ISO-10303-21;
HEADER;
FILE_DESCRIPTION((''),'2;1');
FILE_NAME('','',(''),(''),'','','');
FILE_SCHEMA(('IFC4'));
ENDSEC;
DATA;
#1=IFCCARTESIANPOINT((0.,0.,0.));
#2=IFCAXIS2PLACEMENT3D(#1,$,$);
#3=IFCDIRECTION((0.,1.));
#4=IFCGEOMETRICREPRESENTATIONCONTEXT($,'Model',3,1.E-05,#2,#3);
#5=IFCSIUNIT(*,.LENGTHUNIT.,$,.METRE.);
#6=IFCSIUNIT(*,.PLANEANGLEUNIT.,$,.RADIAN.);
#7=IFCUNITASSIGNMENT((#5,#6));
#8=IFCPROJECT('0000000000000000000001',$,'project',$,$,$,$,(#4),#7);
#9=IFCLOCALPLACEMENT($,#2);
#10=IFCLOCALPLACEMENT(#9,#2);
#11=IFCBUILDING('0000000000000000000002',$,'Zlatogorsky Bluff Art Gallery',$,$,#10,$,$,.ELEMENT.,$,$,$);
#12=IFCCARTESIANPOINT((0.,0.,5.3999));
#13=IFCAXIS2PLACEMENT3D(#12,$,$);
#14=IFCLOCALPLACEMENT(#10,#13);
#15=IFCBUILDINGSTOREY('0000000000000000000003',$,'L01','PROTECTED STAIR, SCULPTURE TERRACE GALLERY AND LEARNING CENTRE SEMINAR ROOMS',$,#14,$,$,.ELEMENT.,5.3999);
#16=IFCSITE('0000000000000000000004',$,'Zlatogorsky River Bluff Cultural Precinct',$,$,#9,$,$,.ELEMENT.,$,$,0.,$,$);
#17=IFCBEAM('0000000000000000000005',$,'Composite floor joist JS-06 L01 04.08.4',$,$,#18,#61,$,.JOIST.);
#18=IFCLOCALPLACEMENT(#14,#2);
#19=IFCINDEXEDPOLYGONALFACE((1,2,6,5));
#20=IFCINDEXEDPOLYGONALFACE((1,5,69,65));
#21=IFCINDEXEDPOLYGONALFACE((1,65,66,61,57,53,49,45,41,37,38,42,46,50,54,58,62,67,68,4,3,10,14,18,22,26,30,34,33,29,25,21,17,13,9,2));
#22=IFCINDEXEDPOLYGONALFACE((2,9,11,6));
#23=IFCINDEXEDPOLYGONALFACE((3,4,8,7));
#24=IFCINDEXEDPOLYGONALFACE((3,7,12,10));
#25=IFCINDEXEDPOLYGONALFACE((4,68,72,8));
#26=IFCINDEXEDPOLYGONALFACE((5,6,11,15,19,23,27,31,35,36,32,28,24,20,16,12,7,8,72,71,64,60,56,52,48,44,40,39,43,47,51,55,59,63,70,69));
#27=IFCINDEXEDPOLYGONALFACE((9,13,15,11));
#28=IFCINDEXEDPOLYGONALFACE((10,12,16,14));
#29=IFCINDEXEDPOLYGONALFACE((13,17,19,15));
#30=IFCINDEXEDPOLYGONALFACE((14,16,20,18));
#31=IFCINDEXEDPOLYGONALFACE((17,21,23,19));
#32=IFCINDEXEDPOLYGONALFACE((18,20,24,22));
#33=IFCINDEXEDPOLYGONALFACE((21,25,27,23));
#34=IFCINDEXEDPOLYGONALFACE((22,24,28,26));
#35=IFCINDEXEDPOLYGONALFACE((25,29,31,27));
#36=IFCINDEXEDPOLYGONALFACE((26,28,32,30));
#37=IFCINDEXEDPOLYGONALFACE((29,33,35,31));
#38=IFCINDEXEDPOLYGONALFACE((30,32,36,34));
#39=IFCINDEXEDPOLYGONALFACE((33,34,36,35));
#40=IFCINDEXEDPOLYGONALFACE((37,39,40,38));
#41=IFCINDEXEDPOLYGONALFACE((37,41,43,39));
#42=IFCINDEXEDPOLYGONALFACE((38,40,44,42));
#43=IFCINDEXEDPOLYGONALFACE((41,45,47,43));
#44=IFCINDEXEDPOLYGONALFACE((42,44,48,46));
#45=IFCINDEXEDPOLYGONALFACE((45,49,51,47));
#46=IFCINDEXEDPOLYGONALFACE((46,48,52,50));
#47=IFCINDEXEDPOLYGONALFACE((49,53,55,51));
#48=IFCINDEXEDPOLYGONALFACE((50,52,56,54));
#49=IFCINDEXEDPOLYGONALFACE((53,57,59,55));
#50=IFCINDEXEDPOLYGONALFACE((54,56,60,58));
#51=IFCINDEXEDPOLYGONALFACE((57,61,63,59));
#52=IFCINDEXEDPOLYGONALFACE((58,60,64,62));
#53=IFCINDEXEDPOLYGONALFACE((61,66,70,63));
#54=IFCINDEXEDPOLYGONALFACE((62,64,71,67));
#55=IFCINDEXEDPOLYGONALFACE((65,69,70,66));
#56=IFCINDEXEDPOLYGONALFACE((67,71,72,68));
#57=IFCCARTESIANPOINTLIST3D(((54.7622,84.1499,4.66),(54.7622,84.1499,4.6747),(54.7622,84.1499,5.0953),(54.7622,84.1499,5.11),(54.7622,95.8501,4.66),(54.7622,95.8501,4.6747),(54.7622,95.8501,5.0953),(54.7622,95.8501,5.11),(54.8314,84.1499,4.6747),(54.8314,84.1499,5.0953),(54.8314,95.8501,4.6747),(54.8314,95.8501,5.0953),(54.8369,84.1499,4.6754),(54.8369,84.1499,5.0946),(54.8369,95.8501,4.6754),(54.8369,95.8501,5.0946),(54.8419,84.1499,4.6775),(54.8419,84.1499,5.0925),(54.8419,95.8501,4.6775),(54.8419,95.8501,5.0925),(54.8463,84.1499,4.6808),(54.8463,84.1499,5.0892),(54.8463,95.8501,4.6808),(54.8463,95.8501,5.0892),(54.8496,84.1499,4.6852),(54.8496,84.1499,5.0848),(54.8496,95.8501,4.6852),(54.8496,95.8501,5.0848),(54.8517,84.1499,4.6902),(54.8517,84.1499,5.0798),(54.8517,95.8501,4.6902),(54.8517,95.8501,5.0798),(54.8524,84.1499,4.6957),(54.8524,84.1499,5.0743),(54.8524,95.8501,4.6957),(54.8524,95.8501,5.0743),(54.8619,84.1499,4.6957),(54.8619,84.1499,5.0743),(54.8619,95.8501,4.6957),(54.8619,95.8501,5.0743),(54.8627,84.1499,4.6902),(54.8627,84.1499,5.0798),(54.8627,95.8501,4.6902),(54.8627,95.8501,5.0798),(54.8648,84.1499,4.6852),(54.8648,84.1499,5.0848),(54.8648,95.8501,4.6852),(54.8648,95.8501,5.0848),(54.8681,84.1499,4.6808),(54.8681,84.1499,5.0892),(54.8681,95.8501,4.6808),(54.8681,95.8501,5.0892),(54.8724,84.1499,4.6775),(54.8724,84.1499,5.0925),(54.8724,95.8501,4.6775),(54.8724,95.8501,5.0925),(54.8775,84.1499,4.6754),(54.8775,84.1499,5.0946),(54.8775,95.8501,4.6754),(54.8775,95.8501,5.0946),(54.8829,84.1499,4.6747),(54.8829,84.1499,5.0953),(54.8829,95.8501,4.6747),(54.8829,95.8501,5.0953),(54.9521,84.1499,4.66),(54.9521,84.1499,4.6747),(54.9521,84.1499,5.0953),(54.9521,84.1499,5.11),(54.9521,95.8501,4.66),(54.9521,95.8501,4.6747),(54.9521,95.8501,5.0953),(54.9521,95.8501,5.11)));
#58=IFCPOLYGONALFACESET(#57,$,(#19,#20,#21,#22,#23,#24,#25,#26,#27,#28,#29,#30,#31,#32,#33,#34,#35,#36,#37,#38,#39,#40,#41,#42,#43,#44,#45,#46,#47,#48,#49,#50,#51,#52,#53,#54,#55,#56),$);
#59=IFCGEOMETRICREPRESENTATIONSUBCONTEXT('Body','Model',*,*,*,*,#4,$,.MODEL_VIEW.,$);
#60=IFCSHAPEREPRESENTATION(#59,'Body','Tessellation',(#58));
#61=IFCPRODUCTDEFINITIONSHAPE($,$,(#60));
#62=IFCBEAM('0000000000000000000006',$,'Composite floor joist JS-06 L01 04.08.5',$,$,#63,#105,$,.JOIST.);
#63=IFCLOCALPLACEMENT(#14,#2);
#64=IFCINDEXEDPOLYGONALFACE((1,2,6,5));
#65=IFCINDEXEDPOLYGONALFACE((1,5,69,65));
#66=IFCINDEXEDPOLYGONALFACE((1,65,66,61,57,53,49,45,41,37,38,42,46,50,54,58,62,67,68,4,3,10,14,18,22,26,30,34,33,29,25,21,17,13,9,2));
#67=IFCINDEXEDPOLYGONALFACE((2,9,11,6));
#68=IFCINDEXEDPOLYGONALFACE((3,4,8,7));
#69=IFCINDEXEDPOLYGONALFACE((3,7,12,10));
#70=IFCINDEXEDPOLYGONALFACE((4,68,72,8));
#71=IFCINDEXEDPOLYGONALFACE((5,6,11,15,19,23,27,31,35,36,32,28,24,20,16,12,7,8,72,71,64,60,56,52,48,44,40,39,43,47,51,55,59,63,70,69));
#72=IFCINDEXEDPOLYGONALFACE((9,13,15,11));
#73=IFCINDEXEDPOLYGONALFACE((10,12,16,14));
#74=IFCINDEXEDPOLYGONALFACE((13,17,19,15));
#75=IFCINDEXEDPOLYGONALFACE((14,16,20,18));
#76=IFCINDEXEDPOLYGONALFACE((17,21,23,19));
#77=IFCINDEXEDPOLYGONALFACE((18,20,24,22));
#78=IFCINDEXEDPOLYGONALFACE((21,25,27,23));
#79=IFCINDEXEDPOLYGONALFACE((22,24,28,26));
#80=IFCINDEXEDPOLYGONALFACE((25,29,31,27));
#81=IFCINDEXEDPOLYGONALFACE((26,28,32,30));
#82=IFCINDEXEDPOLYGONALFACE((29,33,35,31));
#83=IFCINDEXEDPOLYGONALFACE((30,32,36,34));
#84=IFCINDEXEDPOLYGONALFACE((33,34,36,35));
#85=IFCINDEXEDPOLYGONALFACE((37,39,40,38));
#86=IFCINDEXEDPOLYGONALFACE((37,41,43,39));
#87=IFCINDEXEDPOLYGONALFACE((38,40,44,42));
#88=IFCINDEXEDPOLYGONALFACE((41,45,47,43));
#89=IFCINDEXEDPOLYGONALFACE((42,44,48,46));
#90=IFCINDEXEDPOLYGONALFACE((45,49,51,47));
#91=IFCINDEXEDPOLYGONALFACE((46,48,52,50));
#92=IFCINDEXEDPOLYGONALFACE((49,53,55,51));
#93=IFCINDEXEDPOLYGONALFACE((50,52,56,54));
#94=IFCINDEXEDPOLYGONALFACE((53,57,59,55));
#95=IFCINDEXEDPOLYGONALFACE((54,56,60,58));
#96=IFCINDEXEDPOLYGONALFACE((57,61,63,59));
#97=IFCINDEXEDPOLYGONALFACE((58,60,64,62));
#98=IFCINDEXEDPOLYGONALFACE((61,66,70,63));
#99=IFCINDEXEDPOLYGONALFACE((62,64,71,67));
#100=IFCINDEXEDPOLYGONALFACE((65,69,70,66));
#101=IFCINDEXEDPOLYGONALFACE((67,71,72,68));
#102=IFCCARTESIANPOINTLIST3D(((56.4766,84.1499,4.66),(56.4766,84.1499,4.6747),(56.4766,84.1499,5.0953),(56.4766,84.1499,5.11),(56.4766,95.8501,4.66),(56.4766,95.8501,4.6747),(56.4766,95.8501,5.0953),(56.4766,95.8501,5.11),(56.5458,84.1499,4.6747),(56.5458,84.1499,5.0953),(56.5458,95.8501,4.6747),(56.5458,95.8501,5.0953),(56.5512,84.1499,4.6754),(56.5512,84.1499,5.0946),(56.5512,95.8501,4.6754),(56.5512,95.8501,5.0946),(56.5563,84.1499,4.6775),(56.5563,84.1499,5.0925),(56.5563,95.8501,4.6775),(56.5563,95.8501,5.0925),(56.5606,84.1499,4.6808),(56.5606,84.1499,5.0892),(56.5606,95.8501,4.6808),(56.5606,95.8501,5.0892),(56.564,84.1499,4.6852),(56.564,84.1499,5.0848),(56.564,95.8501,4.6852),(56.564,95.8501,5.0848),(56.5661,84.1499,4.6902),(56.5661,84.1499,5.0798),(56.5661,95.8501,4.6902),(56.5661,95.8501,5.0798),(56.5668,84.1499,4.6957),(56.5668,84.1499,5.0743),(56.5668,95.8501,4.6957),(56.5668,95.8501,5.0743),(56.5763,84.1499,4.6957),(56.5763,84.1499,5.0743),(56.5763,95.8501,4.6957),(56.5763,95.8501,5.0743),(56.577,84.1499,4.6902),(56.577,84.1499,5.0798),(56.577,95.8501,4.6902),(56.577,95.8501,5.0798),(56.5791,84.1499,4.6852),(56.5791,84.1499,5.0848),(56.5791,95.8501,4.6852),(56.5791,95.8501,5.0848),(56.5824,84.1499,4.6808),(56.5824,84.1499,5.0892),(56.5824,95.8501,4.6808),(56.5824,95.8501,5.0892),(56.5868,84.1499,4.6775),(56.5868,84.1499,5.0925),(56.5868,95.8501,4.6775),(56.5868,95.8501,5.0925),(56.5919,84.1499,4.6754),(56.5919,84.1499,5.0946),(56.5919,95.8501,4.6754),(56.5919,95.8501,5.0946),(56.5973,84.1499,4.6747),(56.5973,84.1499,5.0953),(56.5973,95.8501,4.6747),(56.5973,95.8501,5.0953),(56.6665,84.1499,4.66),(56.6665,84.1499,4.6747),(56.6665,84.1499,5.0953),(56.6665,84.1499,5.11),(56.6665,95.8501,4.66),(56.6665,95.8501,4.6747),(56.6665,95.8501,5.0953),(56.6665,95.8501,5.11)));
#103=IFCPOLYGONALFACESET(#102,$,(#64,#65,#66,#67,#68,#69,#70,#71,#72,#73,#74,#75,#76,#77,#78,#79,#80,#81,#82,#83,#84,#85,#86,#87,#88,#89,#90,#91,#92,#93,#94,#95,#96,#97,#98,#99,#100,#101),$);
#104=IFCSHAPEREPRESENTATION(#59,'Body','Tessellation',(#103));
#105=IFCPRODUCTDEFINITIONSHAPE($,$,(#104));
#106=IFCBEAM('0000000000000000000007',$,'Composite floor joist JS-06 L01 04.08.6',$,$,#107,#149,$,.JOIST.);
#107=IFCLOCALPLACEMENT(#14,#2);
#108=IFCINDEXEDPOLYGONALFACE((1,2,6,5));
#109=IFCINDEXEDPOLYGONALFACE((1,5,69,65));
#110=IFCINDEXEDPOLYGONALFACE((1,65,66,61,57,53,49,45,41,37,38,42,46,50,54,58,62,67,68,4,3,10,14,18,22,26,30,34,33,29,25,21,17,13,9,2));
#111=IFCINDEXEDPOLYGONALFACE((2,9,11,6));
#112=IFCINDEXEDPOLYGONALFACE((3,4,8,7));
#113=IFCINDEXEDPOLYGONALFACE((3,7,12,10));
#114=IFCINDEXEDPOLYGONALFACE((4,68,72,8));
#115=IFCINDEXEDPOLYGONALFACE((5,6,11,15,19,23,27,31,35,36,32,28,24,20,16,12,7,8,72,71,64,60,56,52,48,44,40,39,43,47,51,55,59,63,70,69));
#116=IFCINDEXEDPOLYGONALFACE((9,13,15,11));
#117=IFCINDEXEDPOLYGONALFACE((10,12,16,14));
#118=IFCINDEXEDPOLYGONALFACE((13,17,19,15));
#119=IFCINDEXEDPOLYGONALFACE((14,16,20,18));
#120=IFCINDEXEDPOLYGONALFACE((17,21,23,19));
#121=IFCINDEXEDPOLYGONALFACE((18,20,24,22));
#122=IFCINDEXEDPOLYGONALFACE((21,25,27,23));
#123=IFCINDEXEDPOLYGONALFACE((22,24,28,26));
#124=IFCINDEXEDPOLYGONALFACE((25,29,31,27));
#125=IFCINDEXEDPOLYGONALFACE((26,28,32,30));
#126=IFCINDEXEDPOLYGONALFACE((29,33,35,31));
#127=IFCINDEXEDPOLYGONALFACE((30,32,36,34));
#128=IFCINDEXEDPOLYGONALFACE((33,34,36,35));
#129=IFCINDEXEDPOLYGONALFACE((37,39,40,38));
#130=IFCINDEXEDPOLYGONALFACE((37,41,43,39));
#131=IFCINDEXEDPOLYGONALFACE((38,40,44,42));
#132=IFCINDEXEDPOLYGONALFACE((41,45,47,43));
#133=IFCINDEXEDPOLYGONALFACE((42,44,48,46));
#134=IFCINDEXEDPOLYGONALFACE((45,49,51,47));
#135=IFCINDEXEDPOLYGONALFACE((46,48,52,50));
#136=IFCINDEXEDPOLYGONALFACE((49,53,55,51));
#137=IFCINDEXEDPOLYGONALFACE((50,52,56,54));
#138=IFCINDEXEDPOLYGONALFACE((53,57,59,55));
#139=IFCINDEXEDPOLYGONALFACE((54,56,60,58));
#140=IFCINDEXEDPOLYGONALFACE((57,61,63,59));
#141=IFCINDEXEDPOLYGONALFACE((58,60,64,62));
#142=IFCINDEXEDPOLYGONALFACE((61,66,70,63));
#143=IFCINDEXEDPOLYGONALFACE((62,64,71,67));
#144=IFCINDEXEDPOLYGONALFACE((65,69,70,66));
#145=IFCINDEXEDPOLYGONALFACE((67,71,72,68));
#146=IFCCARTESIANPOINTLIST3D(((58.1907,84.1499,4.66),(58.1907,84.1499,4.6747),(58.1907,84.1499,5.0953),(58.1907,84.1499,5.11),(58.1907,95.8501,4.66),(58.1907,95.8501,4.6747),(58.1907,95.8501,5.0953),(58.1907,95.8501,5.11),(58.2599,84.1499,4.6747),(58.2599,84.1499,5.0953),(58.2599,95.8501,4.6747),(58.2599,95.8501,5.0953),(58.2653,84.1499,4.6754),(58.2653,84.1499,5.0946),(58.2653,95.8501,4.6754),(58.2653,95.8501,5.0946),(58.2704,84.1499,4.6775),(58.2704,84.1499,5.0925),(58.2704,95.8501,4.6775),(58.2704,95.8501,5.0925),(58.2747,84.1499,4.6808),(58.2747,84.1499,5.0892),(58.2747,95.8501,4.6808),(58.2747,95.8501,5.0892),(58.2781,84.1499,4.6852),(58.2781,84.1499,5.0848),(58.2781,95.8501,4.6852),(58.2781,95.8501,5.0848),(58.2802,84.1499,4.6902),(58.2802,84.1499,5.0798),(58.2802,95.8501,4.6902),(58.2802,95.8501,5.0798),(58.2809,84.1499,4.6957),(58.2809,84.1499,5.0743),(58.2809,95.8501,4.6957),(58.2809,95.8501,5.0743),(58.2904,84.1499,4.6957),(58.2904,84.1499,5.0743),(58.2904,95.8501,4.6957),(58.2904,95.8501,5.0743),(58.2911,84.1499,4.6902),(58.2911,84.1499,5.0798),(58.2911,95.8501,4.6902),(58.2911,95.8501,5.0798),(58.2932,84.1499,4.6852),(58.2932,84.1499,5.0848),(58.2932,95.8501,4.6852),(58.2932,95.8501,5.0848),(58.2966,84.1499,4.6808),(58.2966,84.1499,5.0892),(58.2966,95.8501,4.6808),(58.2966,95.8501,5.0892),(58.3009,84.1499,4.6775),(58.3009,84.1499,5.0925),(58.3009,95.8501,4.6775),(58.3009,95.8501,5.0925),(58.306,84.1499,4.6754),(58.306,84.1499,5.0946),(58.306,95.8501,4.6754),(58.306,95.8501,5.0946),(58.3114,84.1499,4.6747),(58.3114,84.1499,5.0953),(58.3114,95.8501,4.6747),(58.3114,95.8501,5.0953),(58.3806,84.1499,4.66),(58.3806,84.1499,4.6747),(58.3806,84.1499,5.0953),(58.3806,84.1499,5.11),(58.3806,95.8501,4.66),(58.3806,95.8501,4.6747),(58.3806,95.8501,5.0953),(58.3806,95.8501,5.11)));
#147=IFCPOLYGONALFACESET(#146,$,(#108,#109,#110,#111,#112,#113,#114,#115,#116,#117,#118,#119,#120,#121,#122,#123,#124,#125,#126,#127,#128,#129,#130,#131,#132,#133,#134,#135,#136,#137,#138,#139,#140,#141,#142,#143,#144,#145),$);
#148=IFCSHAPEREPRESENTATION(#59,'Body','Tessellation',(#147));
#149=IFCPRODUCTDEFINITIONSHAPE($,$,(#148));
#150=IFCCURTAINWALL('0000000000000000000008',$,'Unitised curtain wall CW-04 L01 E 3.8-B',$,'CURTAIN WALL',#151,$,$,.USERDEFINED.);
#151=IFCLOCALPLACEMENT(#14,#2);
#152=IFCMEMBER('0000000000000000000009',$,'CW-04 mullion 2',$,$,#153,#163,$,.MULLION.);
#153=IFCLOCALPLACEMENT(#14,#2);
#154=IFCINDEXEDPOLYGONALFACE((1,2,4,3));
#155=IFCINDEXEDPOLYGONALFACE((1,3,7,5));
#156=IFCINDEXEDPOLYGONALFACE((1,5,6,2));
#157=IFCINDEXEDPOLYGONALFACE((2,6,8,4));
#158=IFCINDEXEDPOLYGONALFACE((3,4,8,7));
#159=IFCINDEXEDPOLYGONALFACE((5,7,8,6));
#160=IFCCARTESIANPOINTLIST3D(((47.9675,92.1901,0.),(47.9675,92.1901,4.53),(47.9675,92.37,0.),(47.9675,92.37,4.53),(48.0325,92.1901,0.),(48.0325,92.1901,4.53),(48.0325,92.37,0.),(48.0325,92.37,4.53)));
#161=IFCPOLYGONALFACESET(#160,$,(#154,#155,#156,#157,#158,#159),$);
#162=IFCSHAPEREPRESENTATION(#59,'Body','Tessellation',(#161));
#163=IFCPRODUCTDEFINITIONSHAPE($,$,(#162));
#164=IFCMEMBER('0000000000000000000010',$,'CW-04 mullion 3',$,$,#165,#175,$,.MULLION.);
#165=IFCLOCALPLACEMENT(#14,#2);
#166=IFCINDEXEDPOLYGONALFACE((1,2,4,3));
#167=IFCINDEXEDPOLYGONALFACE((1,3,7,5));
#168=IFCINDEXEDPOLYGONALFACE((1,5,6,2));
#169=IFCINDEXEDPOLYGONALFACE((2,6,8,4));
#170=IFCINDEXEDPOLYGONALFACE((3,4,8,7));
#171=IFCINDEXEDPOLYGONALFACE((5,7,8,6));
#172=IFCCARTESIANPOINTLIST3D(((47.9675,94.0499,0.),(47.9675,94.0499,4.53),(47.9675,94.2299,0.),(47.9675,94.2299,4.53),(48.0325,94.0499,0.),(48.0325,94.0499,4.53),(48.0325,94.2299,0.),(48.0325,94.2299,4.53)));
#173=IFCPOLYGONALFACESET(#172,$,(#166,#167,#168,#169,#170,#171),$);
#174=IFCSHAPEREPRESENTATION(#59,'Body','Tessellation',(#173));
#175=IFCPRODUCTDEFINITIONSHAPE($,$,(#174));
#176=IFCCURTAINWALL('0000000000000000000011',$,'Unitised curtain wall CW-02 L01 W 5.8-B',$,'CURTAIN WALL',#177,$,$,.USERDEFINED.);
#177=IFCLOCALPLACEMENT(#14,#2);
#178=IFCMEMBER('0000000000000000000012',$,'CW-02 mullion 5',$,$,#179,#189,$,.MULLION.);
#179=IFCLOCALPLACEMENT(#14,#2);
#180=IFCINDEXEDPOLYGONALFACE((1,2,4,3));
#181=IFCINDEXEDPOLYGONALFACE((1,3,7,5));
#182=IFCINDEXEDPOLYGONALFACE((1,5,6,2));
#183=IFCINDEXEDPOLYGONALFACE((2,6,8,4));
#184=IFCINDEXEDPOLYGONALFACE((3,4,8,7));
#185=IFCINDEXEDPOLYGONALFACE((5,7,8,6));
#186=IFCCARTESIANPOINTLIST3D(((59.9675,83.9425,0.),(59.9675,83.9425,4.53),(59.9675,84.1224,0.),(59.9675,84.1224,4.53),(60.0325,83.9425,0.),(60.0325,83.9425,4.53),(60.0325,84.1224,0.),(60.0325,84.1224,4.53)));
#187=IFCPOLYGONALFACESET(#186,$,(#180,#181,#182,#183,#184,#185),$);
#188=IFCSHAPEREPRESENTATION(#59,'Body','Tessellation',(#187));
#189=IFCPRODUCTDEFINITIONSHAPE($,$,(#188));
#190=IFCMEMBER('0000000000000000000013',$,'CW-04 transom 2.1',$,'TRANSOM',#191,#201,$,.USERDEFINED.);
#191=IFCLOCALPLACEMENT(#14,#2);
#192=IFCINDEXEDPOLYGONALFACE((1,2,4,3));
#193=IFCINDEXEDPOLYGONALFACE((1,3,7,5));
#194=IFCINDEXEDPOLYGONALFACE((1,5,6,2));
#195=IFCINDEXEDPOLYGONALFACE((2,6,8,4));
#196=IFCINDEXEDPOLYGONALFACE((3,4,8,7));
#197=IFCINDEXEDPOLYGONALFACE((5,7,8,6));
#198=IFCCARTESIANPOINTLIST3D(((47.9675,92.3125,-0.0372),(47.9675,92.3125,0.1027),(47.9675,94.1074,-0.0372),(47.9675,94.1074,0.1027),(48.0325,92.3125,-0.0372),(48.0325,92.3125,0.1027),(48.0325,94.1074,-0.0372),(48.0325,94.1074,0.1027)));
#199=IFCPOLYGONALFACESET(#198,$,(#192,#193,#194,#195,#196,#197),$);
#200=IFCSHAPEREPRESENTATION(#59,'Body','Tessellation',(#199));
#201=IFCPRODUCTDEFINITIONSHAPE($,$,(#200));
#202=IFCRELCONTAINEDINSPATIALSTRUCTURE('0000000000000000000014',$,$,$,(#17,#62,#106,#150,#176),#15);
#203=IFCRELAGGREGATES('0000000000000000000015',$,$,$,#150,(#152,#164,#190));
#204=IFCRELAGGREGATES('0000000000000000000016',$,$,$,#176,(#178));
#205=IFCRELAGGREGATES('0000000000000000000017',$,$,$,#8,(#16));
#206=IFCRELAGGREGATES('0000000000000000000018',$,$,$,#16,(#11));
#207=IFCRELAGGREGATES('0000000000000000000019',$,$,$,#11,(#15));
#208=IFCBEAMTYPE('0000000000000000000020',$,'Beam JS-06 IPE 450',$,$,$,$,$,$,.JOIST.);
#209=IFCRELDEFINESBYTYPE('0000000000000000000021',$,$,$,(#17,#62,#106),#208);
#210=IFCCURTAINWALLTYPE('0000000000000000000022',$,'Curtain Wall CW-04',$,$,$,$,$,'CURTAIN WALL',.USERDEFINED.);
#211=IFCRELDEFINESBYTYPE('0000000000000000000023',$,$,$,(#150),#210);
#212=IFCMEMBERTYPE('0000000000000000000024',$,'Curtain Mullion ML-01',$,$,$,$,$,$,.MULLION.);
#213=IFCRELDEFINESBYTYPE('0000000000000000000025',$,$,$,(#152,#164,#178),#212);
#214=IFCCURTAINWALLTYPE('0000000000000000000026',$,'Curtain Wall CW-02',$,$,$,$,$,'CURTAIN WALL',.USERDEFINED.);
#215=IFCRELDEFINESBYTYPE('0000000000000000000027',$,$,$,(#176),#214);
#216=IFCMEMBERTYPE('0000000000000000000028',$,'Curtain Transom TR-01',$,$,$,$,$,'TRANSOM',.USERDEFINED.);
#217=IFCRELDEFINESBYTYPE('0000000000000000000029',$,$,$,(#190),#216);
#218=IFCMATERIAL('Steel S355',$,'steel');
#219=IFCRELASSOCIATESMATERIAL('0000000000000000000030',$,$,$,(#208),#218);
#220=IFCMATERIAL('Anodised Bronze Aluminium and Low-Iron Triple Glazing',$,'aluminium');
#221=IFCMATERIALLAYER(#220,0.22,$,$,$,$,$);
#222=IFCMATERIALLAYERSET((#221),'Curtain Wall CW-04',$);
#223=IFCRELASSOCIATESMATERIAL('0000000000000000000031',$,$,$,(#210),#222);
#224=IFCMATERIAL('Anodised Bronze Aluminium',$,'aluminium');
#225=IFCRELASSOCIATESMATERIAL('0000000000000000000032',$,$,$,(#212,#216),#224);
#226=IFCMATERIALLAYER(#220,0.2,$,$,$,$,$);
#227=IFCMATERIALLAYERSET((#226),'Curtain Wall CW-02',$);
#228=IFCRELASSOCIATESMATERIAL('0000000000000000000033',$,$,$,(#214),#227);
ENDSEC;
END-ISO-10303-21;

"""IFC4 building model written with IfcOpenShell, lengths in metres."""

from ifc_helpers import new_model, si_unit, direction, frame, origin, origin_2d, place, context, subcontext, project, spatial, rectangle, i_section, extrude, material, layer, layer_set, material_profile, profile_set, type_object, element, aggregate, save


model = new_model("IFC4")

# Units and contexts
model_context = context("Model", 3, precision=1e-05, world=origin(), true_north=direction((0.0, 1.0)))
body_context = subcontext(model_context, "Body", "Model", "MODEL_VIEW")
ifc_project = project(units=[si_unit("LENGTHUNIT", "METRE"), si_unit("PLANEANGLEUNIT", "RADIAN")], contexts=[model_context])

# Site, building, storey
site_placement = place(None, origin())
site = spatial("IfcSite", under=ifc_project, at=site_placement, Name="Zlatogorsky River Bluff Cultural Precinct", CompositionType="ELEMENT", RefElevation=0.0)
building_placement = place(site_placement, origin())
building = spatial("IfcBuilding", under=site, at=building_placement, Name="Zlatogorsky Bluff Art Gallery", CompositionType="ELEMENT")
storey_placement = place(building_placement, frame((0.0, 0.0, 5.3999)))
storey = spatial("IfcBuildingStorey", under=building, at=storey_placement, Name="L01", Description="PROTECTED STAIR, SCULPTURE TERRACE GALLERY AND LEARNING CENTRE SEMINAR ROOMS", CompositionType="ELEMENT", Elevation=5.3999)

# Beams
ifc_material_1 = material(Name="Steel S355", Category="steel")
ifc_material_profile_1 = material_profile(ifc_material_1, i_section(OverallWidth=0.1899, OverallDepth=0.45, WebThickness=0.0095, FlangeThickness=0.0146, FilletRadius=0.021, at=origin_2d()), Name="IPE 450")
ifc_profile_set_1 = profile_set([ifc_material_profile_1], Name="Steel S355")
beam_type_1 = type_object("IfcBeamType", Name="Beam JS-06 IPE 450", PredefinedType="JOIST", material=ifc_profile_set_1)
for number, where, z_axis, x_axis, name in (
    (1, (54.8572, 84.1499, 4.885), (0.0, 1.0, 0.0), (-1.0, 0.0, 0.0), "Composite floor joist JS-06 L01 04.08.4"),
    (2, (56.5715, 84.1499, 4.885), (0.0, 1.0, 0.0), (-1.0, 0.0, 0.0), "Composite floor joist JS-06 L01 04.08.5"),
    (3, (58.2856, 84.1499, 4.885), (0.0, 1.0, 0.0), (-1.0, 0.0, 0.0), "Composite floor joist JS-06 L01 04.08.6"),
):
    element("IfcBeam", number, at=place(storey_placement, frame(where, z_axis=z_axis, x_axis=x_axis)), inside=storey, type_object=beam_type_1, Name=name, PredefinedType="JOIST", context=body_context, shape_type="SweptSolid", body=[
        extrude(i_section(OverallWidth=0.1899, OverallDepth=0.45, WebThickness=0.0095, FlangeThickness=0.0146, FilletRadius=0.021, at=origin_2d()), origin(), (0.0, 0.0, 1.0), 11.7002),
    ])

# Curtain wall, members
ifc_material_2 = material(Name="Anodised Bronze Aluminium and Low-Iron Triple Glazing", Category="aluminium")
ifc_layer_1 = layer(ifc_material_2, 0.22)
ifc_layer_set_1 = layer_set([ifc_layer_1], Name="Curtain Wall CW-04")
curtain_wall_type_1 = type_object("IfcCurtainWallType", Name="Curtain Wall CW-04", ElementType="CURTAIN WALL", PredefinedType="USERDEFINED", material=ifc_layer_set_1)
curtain_wall_1_placement = place(storey_placement, origin())
curtain_wall_1 = element("IfcCurtainWall", 4, at=curtain_wall_1_placement, inside=storey, type_object=curtain_wall_type_1, Name="Unitised curtain wall CW-04 L01 E 3.8-B", ObjectType="CURTAIN WALL", PredefinedType="USERDEFINED")
ifc_material_3 = material(Name="Anodised Bronze Aluminium", Category="aluminium")
ifc_material_profile_2 = material_profile(ifc_material_3, rectangle(XDim=0.0649, YDim=0.1799, at=origin_2d()), Name="ALU MULLION 65x180")
ifc_profile_set_2 = profile_set([ifc_material_profile_2], Name="Anodised Bronze Aluminium")
member_type_1 = type_object("IfcMemberType", Name="Curtain Mullion ML-01", PredefinedType="MULLION", material=ifc_profile_set_2)
member_1_placement = place(storey_placement, frame((48.0, 92.28, 0.0), z_axis=(0.0, 0.0, 1.0), x_axis=(-1.0, 0.0, 0.0)))
member_1 = element("IfcMember", 5, at=member_1_placement, type_object=member_type_1, Name="CW-04 mullion 2", PredefinedType="MULLION", context=body_context, shape_type="SweptSolid", body=[
    extrude(rectangle(XDim=0.0649, YDim=0.1799, at=origin_2d()), origin(), (0.0, 0.0, 1.0), 4.53),
])
member_2_placement = place(storey_placement, frame((48.0, 94.1399, 0.0), z_axis=(0.0, 0.0, 1.0), x_axis=(-1.0, 0.0, 0.0)))
member_2 = element("IfcMember", 6, at=member_2_placement, type_object=member_type_1, Name="CW-04 mullion 3", PredefinedType="MULLION", context=body_context, shape_type="SweptSolid", body=[
    extrude(rectangle(XDim=0.0649, YDim=0.1799, at=origin_2d()), origin(), (0.0, 0.0, 1.0), 4.53),
])

# Curtain wall, member
ifc_layer_2 = layer(ifc_material_2, 0.2)
ifc_layer_set_2 = layer_set([ifc_layer_2], Name="Curtain Wall CW-02")
curtain_wall_type_2 = type_object("IfcCurtainWallType", Name="Curtain Wall CW-02", ElementType="CURTAIN WALL", PredefinedType="USERDEFINED", material=ifc_layer_set_2)
curtain_wall_2_placement = place(storey_placement, origin())
curtain_wall_2 = element("IfcCurtainWall", 7, at=curtain_wall_2_placement, inside=storey, type_object=curtain_wall_type_2, Name="Unitised curtain wall CW-02 L01 W 5.8-B", ObjectType="CURTAIN WALL", PredefinedType="USERDEFINED")
member_3_placement = place(storey_placement, frame((60.0, 84.0325, 0.0), z_axis=(0.0, 0.0, 1.0), x_axis=(1.0, 0.0, 0.0)))
member_3 = element("IfcMember", 8, at=member_3_placement, type_object=member_type_1, Name="CW-02 mullion 5", PredefinedType="MULLION", context=body_context, shape_type="SweptSolid", body=[
    extrude(rectangle(XDim=0.0649, YDim=0.1799, at=origin_2d()), origin(), (0.0, 0.0, 1.0), 4.53),
])

# Member
ifc_material_profile_3 = material_profile(ifc_material_3, rectangle(XDim=0.0649, YDim=0.1399, at=origin_2d()), Name="ALU TRANSOM 65x140")
ifc_profile_set_3 = profile_set([ifc_material_profile_3], Name="Anodised Bronze Aluminium")
member_type_2 = type_object("IfcMemberType", Name="Curtain Transom TR-01", ElementType="TRANSOM", PredefinedType="USERDEFINED", material=ifc_profile_set_3)
member_4_placement = place(storey_placement, frame((48.0, 92.3125, 0.0327), z_axis=(0.0, 1.0, 0.0), x_axis=(-1.0, 0.0, 0.0)))
member_4 = element("IfcMember", 9, at=member_4_placement, type_object=member_type_2, Name="CW-04 transom 2.1", ObjectType="TRANSOM", PredefinedType="USERDEFINED", context=body_context, shape_type="SweptSolid", body=[
    extrude(rectangle(XDim=0.0649, YDim=0.1399, at=origin_2d()), origin(), (0.0, 0.0, 1.0), 1.7949),
])

aggregate(curtain_wall_1, [member_1, member_2, member_4])
aggregate(curtain_wall_2, [member_3])

save(model, "model.ifc")
